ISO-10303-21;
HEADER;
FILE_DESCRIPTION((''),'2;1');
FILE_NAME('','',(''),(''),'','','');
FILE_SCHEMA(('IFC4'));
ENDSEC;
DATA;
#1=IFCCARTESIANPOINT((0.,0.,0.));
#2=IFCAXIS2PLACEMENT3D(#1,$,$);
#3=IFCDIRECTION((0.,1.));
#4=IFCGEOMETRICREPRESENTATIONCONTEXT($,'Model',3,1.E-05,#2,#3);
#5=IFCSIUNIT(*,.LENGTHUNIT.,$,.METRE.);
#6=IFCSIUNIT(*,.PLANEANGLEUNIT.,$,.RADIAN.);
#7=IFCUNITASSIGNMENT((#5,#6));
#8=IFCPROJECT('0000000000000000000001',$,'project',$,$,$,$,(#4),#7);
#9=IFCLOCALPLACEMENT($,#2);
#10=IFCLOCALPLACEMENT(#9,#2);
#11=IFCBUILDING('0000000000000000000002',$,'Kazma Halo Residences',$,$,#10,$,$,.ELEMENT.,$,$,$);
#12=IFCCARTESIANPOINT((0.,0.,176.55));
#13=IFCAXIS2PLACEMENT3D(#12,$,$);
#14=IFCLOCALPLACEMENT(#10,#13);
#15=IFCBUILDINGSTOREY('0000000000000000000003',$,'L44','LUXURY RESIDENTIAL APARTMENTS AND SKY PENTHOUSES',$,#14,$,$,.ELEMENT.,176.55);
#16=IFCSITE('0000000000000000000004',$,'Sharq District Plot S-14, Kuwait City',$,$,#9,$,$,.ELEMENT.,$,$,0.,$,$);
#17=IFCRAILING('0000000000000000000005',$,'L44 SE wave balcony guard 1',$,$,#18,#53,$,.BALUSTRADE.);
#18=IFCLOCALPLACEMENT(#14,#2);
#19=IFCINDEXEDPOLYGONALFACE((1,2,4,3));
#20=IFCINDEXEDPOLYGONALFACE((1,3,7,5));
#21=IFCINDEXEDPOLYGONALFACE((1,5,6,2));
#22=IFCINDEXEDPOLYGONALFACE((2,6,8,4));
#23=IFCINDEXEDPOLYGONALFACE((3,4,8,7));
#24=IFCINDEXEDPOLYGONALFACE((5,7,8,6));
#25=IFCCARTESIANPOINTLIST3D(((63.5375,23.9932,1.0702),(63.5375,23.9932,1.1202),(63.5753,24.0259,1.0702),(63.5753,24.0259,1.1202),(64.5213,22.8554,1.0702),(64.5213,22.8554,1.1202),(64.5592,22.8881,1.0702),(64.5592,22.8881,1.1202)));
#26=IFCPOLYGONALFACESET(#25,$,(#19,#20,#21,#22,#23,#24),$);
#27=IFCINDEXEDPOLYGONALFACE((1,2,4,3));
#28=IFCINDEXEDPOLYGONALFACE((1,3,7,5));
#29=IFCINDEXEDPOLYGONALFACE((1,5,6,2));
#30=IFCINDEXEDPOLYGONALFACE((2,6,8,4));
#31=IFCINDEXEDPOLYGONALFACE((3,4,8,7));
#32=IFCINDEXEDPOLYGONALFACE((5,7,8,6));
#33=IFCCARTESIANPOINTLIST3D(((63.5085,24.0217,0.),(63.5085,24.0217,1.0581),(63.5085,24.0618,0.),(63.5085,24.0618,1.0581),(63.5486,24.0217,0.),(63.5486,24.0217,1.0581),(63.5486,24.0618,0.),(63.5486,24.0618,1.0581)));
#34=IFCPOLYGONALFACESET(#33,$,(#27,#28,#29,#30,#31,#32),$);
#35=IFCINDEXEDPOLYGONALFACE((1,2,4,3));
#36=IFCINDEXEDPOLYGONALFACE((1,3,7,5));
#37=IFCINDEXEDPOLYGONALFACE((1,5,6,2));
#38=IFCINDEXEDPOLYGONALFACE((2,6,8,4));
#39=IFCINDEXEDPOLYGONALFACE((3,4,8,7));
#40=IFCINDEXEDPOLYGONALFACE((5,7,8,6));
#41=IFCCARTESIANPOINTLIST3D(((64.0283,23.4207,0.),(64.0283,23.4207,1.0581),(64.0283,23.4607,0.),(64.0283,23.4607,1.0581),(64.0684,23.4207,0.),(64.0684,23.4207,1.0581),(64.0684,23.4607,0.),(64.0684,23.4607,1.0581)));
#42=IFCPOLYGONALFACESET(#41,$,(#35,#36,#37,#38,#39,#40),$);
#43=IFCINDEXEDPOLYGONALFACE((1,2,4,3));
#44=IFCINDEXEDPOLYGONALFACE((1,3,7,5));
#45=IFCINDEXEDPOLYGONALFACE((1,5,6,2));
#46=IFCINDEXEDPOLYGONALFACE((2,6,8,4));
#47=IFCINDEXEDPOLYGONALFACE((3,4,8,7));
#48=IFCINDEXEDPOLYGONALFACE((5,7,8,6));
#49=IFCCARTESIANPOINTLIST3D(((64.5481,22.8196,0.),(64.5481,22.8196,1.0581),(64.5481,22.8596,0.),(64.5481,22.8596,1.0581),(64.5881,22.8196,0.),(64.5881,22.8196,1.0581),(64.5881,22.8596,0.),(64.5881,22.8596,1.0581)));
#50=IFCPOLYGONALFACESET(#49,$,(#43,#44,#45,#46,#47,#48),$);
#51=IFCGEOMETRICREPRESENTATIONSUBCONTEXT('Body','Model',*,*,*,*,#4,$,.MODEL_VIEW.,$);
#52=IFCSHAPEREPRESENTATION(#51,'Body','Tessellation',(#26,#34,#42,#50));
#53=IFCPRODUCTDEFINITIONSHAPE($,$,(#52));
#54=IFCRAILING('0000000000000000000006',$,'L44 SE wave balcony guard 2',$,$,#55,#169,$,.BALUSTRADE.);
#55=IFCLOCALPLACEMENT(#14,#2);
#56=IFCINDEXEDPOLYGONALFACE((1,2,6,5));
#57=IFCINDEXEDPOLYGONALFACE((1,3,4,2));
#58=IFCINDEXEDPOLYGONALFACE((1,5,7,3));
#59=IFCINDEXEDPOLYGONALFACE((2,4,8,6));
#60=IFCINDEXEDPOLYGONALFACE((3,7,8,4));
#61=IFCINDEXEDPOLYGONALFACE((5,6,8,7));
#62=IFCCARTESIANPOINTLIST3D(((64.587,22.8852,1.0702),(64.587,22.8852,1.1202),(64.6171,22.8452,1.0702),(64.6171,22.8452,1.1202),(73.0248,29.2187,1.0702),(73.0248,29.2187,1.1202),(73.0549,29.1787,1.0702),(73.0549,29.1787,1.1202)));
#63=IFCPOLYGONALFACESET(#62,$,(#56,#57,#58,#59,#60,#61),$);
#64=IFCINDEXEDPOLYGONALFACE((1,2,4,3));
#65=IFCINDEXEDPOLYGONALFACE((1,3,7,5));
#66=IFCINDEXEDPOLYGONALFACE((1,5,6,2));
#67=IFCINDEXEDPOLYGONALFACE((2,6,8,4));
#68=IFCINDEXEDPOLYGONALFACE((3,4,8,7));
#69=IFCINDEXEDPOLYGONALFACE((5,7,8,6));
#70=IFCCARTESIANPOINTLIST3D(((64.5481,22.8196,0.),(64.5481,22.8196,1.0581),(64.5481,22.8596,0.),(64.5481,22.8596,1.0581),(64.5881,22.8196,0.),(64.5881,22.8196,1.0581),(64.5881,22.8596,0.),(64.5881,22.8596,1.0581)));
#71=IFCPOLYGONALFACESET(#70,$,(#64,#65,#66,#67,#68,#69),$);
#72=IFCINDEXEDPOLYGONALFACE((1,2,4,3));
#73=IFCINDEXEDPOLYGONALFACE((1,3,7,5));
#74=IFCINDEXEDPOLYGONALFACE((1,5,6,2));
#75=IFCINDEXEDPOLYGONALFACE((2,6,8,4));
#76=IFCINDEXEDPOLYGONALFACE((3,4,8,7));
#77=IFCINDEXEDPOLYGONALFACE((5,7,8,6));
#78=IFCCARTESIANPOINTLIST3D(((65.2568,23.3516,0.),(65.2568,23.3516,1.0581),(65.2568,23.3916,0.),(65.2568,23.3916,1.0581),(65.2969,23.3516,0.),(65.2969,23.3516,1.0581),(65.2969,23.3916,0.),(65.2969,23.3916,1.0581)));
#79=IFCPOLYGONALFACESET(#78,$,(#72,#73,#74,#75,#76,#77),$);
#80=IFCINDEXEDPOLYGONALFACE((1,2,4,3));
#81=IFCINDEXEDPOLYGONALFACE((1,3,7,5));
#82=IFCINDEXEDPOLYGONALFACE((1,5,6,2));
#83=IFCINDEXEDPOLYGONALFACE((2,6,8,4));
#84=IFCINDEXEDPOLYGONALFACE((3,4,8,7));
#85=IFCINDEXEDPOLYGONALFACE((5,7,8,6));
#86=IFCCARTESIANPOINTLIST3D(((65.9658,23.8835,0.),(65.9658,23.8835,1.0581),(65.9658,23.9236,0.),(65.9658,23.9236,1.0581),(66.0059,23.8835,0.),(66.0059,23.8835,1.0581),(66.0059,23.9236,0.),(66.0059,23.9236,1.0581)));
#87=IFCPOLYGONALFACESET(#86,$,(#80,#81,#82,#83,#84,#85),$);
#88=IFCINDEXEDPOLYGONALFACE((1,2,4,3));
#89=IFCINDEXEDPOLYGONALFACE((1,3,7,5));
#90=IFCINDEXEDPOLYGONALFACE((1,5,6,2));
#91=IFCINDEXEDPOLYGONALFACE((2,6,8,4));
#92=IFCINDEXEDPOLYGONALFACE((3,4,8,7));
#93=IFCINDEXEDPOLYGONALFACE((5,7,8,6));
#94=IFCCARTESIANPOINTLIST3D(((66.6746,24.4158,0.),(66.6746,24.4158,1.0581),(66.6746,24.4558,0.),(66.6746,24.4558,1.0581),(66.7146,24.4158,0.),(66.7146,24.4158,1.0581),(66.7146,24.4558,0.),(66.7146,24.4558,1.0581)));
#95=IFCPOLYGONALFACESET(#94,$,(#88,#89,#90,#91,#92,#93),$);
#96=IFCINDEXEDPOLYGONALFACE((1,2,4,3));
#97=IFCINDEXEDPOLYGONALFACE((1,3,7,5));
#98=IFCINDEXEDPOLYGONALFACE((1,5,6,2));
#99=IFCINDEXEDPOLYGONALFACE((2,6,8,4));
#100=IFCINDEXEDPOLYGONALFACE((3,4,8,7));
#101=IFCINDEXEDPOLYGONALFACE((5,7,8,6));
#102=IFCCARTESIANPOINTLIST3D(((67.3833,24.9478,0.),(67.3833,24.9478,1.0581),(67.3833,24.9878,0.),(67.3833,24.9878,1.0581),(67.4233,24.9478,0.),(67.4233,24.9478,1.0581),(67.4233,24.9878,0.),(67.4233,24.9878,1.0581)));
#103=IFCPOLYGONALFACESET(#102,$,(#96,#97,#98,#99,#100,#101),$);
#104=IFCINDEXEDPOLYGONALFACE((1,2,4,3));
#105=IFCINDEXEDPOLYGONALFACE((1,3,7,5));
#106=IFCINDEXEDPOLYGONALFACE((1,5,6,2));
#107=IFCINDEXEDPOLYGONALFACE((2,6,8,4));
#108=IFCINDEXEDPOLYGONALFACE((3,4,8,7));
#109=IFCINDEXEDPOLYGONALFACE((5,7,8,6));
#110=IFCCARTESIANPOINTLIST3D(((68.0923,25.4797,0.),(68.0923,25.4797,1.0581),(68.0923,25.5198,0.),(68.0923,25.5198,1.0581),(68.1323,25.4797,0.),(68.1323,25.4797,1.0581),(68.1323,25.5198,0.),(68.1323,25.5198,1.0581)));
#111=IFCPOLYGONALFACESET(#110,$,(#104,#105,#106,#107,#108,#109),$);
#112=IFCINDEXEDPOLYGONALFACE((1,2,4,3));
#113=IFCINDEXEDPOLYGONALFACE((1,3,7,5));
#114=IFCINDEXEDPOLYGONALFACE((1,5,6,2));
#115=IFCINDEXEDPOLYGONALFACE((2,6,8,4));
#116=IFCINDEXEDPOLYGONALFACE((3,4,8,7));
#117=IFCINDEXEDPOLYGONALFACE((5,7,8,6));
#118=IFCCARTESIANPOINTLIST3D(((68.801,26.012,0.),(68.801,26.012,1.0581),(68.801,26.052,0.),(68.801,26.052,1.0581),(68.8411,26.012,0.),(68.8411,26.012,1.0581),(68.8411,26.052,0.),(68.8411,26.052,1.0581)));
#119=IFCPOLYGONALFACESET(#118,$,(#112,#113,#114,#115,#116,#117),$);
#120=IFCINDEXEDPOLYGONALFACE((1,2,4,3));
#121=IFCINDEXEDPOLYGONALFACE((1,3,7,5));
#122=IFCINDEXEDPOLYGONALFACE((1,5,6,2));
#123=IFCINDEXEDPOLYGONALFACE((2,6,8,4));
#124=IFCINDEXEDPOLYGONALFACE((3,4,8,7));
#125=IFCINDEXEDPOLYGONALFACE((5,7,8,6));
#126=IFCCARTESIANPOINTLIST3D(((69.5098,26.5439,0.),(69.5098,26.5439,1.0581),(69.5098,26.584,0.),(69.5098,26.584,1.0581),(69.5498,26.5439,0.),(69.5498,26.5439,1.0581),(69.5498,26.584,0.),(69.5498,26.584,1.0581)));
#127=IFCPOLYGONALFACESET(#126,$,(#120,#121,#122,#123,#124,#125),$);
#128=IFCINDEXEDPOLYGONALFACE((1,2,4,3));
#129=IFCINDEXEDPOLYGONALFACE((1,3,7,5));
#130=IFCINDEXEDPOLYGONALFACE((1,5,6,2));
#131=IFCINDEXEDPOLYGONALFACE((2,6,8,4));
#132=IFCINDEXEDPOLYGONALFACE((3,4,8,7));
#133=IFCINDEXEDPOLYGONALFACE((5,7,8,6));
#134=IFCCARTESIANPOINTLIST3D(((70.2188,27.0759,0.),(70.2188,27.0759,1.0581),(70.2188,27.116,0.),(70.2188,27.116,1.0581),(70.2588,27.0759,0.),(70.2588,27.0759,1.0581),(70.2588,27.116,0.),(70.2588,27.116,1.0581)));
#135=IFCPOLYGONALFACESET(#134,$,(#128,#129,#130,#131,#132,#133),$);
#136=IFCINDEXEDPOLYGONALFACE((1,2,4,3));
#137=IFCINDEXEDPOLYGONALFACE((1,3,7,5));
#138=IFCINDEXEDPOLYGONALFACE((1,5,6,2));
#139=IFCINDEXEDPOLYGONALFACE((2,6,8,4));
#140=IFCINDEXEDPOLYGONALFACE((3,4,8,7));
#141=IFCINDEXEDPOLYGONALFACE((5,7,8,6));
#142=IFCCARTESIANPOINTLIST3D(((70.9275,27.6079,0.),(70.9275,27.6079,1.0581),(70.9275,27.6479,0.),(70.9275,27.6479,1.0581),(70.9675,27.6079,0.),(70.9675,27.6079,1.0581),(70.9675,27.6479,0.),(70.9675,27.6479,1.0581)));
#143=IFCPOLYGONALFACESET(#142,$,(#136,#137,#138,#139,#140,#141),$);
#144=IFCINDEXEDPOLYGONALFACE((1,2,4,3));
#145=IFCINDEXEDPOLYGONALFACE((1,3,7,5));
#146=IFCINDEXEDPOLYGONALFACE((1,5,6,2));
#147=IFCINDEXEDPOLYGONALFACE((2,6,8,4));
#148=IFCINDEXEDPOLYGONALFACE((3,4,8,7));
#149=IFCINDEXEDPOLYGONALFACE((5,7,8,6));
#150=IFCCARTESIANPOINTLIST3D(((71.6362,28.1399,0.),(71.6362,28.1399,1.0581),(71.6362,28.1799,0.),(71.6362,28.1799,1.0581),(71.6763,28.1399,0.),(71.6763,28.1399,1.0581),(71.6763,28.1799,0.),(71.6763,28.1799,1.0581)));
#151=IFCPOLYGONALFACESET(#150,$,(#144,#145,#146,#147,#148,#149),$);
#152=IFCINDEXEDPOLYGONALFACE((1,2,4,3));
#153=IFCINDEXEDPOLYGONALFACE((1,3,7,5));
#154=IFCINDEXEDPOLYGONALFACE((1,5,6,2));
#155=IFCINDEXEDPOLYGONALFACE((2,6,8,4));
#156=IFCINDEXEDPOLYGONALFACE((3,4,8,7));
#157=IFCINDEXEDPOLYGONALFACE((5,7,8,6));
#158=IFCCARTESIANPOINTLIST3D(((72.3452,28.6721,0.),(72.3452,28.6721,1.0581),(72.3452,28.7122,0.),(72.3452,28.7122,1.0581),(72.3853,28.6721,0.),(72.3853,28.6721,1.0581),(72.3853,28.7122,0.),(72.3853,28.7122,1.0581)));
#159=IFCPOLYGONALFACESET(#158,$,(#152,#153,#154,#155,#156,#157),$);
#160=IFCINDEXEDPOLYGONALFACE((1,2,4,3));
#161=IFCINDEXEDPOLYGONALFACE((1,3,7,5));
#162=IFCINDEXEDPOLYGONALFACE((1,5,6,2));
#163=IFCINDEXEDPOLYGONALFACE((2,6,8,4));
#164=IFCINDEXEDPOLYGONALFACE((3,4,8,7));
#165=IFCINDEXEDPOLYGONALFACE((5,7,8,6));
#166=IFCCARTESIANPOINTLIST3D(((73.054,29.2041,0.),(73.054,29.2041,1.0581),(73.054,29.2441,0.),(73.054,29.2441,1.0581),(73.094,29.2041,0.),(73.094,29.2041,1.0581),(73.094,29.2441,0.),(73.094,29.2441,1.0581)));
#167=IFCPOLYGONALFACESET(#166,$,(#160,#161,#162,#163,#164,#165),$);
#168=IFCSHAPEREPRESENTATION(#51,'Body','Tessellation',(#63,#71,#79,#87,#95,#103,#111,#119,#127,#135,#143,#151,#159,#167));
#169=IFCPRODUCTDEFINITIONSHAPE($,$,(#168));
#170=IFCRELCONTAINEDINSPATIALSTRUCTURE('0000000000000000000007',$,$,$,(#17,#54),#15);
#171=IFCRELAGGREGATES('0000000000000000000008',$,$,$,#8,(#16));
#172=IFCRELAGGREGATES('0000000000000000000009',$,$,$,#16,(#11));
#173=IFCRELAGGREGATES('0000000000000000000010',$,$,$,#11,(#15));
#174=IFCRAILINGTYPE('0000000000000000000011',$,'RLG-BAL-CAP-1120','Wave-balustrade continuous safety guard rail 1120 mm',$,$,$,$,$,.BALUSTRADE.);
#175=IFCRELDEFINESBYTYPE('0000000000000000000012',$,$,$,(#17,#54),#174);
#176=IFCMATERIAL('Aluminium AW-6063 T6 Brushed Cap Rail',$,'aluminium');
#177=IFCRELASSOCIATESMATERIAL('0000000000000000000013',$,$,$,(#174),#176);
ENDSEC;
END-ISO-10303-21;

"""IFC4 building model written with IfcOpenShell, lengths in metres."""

from ifc_helpers import new_model, si_unit, direction, frame, origin, origin_2d, place, context, subcontext, project, spatial, rectangle, extrude, material, type_object, element, save


model = new_model("IFC4")

# Units and contexts
model_context = context("Model", 3, precision=1e-05, world=origin(), true_north=direction((0.0, 1.0)))
body_context = subcontext(model_context, "Body", "Model", "MODEL_VIEW")
ifc_project = project(units=[si_unit("LENGTHUNIT", "METRE"), si_unit("PLANEANGLEUNIT", "RADIAN")], contexts=[model_context])

# Site, building, storey
site_placement = place(None, origin())
site = spatial("IfcSite", under=ifc_project, at=site_placement, Name="Sharq District Plot S-14, Kuwait City", CompositionType="ELEMENT", RefElevation=0.0)
building_placement = place(site_placement, origin())
building = spatial("IfcBuilding", under=site, at=building_placement, Name="Kazma Halo Residences", CompositionType="ELEMENT")
storey_placement = place(building_placement, frame((0.0, 0.0, 176.55)))
storey = spatial("IfcBuildingStorey", under=building, at=storey_placement, Name="L44", Description="LUXURY RESIDENTIAL APARTMENTS AND SKY PENTHOUSES", CompositionType="ELEMENT", Elevation=176.55)

# Railings
ifc_material_1 = material(Name="Aluminium AW-6063 T6 Brushed Cap Rail", Category="aluminium")
railing_type = type_object("IfcRailingType", Name="RLG-BAL-CAP-1120", Description="Wave-balustrade continuous safety guard rail 1120 mm", PredefinedType="BALUSTRADE", material=ifc_material_1)
railing_1_placement = place(storey_placement, frame((63.5286, 24.0417, 0.0)))
element("IfcRailing", 1, at=railing_1_placement, inside=storey, type_object=railing_type, Name="L44 SE wave balcony guard 1", PredefinedType="BALUSTRADE", context=body_context, shape_type="SweptSolid", body=[
    extrude(rectangle(XDim=0.05, YDim=0.05, at=origin_2d()), frame((0.0278, -0.0322, 1.0952), z_axis=(0.6541, -0.756408, 0.0), x_axis=(0.756408, 0.6541, 0.0)), (0.0, 0.0, 1.0), 1.5042),
    extrude(rectangle(XDim=0.04, YDim=0.04, at=origin_2d()), origin(), (0.0, 0.0, 1.0), 1.0581),
    extrude(rectangle(XDim=0.04, YDim=0.04, at=origin_2d()), frame((0.5198, -0.6011, 0.0)), (0.0, 0.0, 1.0), 1.0581),
    extrude(rectangle(XDim=0.04, YDim=0.04, at=origin_2d()), frame((1.0396, -1.2021, 0.0)), (0.0, 0.0, 1.0), 1.0581),
])
railing_2_placement = place(storey_placement, frame((64.5681, 22.8396, 0.0)))
element("IfcRailing", 2, at=railing_2_placement, inside=storey, type_object=railing_type, Name="L44 SE wave balcony guard 2", PredefinedType="BALUSTRADE", context=body_context, shape_type="SweptSolid", body=[
    extrude(rectangle(XDim=0.05, YDim=0.05, at=origin_2d()), frame((0.0339, 0.0256, 1.0952), z_axis=(0.799769, 0.600308, 0.0), x_axis=(-0.600308, 0.799769, 0.0)), (0.0, 0.0, 1.0), 10.5503),
    extrude(rectangle(XDim=0.04, YDim=0.04, at=origin_2d()), origin(), (0.0, 0.0, 1.0), 1.0581),
    extrude(rectangle(XDim=0.04, YDim=0.04, at=origin_2d()), frame((0.7087, 0.532, 0.0)), (0.0, 0.0, 1.0), 1.0581),
    extrude(rectangle(XDim=0.04, YDim=0.04, at=origin_2d()), frame((1.4177, 1.064, 0.0)), (0.0, 0.0, 1.0), 1.0581),
    extrude(rectangle(XDim=0.04, YDim=0.04, at=origin_2d()), frame((2.1265, 1.5962, 0.0)), (0.0, 0.0, 1.0), 1.0581),
    extrude(rectangle(XDim=0.04, YDim=0.04, at=origin_2d()), frame((2.8352, 2.1282, 0.0)), (0.0, 0.0, 1.0), 1.0581),
    extrude(rectangle(XDim=0.04, YDim=0.04, at=origin_2d()), frame((3.5442, 2.6602, 0.0)), (0.0, 0.0, 1.0), 1.0581),
    extrude(rectangle(XDim=0.04, YDim=0.04, at=origin_2d()), frame((4.2529, 3.1924, 0.0)), (0.0, 0.0, 1.0), 1.0581),
    extrude(rectangle(XDim=0.04, YDim=0.04, at=origin_2d()), frame((4.9617, 3.7244, 0.0)), (0.0, 0.0, 1.0), 1.0581),
    extrude(rectangle(XDim=0.04, YDim=0.04, at=origin_2d()), frame((5.6707, 4.2563, 0.0)), (0.0, 0.0, 1.0), 1.0581),
    extrude(rectangle(XDim=0.04, YDim=0.04, at=origin_2d()), frame((6.3794, 4.7883, 0.0)), (0.0, 0.0, 1.0), 1.0581),
    extrude(rectangle(XDim=0.04, YDim=0.04, at=origin_2d()), frame((7.0881, 5.3203, 0.0)), (0.0, 0.0, 1.0), 1.0581),
    extrude(rectangle(XDim=0.04, YDim=0.04, at=origin_2d()), frame((7.7971, 5.8525, 0.0)), (0.0, 0.0, 1.0), 1.0581),
    extrude(rectangle(XDim=0.04, YDim=0.04, at=origin_2d()), frame((8.5059, 6.3845, 0.0)), (0.0, 0.0, 1.0), 1.0581),
])

save(model, "model.ifc")
